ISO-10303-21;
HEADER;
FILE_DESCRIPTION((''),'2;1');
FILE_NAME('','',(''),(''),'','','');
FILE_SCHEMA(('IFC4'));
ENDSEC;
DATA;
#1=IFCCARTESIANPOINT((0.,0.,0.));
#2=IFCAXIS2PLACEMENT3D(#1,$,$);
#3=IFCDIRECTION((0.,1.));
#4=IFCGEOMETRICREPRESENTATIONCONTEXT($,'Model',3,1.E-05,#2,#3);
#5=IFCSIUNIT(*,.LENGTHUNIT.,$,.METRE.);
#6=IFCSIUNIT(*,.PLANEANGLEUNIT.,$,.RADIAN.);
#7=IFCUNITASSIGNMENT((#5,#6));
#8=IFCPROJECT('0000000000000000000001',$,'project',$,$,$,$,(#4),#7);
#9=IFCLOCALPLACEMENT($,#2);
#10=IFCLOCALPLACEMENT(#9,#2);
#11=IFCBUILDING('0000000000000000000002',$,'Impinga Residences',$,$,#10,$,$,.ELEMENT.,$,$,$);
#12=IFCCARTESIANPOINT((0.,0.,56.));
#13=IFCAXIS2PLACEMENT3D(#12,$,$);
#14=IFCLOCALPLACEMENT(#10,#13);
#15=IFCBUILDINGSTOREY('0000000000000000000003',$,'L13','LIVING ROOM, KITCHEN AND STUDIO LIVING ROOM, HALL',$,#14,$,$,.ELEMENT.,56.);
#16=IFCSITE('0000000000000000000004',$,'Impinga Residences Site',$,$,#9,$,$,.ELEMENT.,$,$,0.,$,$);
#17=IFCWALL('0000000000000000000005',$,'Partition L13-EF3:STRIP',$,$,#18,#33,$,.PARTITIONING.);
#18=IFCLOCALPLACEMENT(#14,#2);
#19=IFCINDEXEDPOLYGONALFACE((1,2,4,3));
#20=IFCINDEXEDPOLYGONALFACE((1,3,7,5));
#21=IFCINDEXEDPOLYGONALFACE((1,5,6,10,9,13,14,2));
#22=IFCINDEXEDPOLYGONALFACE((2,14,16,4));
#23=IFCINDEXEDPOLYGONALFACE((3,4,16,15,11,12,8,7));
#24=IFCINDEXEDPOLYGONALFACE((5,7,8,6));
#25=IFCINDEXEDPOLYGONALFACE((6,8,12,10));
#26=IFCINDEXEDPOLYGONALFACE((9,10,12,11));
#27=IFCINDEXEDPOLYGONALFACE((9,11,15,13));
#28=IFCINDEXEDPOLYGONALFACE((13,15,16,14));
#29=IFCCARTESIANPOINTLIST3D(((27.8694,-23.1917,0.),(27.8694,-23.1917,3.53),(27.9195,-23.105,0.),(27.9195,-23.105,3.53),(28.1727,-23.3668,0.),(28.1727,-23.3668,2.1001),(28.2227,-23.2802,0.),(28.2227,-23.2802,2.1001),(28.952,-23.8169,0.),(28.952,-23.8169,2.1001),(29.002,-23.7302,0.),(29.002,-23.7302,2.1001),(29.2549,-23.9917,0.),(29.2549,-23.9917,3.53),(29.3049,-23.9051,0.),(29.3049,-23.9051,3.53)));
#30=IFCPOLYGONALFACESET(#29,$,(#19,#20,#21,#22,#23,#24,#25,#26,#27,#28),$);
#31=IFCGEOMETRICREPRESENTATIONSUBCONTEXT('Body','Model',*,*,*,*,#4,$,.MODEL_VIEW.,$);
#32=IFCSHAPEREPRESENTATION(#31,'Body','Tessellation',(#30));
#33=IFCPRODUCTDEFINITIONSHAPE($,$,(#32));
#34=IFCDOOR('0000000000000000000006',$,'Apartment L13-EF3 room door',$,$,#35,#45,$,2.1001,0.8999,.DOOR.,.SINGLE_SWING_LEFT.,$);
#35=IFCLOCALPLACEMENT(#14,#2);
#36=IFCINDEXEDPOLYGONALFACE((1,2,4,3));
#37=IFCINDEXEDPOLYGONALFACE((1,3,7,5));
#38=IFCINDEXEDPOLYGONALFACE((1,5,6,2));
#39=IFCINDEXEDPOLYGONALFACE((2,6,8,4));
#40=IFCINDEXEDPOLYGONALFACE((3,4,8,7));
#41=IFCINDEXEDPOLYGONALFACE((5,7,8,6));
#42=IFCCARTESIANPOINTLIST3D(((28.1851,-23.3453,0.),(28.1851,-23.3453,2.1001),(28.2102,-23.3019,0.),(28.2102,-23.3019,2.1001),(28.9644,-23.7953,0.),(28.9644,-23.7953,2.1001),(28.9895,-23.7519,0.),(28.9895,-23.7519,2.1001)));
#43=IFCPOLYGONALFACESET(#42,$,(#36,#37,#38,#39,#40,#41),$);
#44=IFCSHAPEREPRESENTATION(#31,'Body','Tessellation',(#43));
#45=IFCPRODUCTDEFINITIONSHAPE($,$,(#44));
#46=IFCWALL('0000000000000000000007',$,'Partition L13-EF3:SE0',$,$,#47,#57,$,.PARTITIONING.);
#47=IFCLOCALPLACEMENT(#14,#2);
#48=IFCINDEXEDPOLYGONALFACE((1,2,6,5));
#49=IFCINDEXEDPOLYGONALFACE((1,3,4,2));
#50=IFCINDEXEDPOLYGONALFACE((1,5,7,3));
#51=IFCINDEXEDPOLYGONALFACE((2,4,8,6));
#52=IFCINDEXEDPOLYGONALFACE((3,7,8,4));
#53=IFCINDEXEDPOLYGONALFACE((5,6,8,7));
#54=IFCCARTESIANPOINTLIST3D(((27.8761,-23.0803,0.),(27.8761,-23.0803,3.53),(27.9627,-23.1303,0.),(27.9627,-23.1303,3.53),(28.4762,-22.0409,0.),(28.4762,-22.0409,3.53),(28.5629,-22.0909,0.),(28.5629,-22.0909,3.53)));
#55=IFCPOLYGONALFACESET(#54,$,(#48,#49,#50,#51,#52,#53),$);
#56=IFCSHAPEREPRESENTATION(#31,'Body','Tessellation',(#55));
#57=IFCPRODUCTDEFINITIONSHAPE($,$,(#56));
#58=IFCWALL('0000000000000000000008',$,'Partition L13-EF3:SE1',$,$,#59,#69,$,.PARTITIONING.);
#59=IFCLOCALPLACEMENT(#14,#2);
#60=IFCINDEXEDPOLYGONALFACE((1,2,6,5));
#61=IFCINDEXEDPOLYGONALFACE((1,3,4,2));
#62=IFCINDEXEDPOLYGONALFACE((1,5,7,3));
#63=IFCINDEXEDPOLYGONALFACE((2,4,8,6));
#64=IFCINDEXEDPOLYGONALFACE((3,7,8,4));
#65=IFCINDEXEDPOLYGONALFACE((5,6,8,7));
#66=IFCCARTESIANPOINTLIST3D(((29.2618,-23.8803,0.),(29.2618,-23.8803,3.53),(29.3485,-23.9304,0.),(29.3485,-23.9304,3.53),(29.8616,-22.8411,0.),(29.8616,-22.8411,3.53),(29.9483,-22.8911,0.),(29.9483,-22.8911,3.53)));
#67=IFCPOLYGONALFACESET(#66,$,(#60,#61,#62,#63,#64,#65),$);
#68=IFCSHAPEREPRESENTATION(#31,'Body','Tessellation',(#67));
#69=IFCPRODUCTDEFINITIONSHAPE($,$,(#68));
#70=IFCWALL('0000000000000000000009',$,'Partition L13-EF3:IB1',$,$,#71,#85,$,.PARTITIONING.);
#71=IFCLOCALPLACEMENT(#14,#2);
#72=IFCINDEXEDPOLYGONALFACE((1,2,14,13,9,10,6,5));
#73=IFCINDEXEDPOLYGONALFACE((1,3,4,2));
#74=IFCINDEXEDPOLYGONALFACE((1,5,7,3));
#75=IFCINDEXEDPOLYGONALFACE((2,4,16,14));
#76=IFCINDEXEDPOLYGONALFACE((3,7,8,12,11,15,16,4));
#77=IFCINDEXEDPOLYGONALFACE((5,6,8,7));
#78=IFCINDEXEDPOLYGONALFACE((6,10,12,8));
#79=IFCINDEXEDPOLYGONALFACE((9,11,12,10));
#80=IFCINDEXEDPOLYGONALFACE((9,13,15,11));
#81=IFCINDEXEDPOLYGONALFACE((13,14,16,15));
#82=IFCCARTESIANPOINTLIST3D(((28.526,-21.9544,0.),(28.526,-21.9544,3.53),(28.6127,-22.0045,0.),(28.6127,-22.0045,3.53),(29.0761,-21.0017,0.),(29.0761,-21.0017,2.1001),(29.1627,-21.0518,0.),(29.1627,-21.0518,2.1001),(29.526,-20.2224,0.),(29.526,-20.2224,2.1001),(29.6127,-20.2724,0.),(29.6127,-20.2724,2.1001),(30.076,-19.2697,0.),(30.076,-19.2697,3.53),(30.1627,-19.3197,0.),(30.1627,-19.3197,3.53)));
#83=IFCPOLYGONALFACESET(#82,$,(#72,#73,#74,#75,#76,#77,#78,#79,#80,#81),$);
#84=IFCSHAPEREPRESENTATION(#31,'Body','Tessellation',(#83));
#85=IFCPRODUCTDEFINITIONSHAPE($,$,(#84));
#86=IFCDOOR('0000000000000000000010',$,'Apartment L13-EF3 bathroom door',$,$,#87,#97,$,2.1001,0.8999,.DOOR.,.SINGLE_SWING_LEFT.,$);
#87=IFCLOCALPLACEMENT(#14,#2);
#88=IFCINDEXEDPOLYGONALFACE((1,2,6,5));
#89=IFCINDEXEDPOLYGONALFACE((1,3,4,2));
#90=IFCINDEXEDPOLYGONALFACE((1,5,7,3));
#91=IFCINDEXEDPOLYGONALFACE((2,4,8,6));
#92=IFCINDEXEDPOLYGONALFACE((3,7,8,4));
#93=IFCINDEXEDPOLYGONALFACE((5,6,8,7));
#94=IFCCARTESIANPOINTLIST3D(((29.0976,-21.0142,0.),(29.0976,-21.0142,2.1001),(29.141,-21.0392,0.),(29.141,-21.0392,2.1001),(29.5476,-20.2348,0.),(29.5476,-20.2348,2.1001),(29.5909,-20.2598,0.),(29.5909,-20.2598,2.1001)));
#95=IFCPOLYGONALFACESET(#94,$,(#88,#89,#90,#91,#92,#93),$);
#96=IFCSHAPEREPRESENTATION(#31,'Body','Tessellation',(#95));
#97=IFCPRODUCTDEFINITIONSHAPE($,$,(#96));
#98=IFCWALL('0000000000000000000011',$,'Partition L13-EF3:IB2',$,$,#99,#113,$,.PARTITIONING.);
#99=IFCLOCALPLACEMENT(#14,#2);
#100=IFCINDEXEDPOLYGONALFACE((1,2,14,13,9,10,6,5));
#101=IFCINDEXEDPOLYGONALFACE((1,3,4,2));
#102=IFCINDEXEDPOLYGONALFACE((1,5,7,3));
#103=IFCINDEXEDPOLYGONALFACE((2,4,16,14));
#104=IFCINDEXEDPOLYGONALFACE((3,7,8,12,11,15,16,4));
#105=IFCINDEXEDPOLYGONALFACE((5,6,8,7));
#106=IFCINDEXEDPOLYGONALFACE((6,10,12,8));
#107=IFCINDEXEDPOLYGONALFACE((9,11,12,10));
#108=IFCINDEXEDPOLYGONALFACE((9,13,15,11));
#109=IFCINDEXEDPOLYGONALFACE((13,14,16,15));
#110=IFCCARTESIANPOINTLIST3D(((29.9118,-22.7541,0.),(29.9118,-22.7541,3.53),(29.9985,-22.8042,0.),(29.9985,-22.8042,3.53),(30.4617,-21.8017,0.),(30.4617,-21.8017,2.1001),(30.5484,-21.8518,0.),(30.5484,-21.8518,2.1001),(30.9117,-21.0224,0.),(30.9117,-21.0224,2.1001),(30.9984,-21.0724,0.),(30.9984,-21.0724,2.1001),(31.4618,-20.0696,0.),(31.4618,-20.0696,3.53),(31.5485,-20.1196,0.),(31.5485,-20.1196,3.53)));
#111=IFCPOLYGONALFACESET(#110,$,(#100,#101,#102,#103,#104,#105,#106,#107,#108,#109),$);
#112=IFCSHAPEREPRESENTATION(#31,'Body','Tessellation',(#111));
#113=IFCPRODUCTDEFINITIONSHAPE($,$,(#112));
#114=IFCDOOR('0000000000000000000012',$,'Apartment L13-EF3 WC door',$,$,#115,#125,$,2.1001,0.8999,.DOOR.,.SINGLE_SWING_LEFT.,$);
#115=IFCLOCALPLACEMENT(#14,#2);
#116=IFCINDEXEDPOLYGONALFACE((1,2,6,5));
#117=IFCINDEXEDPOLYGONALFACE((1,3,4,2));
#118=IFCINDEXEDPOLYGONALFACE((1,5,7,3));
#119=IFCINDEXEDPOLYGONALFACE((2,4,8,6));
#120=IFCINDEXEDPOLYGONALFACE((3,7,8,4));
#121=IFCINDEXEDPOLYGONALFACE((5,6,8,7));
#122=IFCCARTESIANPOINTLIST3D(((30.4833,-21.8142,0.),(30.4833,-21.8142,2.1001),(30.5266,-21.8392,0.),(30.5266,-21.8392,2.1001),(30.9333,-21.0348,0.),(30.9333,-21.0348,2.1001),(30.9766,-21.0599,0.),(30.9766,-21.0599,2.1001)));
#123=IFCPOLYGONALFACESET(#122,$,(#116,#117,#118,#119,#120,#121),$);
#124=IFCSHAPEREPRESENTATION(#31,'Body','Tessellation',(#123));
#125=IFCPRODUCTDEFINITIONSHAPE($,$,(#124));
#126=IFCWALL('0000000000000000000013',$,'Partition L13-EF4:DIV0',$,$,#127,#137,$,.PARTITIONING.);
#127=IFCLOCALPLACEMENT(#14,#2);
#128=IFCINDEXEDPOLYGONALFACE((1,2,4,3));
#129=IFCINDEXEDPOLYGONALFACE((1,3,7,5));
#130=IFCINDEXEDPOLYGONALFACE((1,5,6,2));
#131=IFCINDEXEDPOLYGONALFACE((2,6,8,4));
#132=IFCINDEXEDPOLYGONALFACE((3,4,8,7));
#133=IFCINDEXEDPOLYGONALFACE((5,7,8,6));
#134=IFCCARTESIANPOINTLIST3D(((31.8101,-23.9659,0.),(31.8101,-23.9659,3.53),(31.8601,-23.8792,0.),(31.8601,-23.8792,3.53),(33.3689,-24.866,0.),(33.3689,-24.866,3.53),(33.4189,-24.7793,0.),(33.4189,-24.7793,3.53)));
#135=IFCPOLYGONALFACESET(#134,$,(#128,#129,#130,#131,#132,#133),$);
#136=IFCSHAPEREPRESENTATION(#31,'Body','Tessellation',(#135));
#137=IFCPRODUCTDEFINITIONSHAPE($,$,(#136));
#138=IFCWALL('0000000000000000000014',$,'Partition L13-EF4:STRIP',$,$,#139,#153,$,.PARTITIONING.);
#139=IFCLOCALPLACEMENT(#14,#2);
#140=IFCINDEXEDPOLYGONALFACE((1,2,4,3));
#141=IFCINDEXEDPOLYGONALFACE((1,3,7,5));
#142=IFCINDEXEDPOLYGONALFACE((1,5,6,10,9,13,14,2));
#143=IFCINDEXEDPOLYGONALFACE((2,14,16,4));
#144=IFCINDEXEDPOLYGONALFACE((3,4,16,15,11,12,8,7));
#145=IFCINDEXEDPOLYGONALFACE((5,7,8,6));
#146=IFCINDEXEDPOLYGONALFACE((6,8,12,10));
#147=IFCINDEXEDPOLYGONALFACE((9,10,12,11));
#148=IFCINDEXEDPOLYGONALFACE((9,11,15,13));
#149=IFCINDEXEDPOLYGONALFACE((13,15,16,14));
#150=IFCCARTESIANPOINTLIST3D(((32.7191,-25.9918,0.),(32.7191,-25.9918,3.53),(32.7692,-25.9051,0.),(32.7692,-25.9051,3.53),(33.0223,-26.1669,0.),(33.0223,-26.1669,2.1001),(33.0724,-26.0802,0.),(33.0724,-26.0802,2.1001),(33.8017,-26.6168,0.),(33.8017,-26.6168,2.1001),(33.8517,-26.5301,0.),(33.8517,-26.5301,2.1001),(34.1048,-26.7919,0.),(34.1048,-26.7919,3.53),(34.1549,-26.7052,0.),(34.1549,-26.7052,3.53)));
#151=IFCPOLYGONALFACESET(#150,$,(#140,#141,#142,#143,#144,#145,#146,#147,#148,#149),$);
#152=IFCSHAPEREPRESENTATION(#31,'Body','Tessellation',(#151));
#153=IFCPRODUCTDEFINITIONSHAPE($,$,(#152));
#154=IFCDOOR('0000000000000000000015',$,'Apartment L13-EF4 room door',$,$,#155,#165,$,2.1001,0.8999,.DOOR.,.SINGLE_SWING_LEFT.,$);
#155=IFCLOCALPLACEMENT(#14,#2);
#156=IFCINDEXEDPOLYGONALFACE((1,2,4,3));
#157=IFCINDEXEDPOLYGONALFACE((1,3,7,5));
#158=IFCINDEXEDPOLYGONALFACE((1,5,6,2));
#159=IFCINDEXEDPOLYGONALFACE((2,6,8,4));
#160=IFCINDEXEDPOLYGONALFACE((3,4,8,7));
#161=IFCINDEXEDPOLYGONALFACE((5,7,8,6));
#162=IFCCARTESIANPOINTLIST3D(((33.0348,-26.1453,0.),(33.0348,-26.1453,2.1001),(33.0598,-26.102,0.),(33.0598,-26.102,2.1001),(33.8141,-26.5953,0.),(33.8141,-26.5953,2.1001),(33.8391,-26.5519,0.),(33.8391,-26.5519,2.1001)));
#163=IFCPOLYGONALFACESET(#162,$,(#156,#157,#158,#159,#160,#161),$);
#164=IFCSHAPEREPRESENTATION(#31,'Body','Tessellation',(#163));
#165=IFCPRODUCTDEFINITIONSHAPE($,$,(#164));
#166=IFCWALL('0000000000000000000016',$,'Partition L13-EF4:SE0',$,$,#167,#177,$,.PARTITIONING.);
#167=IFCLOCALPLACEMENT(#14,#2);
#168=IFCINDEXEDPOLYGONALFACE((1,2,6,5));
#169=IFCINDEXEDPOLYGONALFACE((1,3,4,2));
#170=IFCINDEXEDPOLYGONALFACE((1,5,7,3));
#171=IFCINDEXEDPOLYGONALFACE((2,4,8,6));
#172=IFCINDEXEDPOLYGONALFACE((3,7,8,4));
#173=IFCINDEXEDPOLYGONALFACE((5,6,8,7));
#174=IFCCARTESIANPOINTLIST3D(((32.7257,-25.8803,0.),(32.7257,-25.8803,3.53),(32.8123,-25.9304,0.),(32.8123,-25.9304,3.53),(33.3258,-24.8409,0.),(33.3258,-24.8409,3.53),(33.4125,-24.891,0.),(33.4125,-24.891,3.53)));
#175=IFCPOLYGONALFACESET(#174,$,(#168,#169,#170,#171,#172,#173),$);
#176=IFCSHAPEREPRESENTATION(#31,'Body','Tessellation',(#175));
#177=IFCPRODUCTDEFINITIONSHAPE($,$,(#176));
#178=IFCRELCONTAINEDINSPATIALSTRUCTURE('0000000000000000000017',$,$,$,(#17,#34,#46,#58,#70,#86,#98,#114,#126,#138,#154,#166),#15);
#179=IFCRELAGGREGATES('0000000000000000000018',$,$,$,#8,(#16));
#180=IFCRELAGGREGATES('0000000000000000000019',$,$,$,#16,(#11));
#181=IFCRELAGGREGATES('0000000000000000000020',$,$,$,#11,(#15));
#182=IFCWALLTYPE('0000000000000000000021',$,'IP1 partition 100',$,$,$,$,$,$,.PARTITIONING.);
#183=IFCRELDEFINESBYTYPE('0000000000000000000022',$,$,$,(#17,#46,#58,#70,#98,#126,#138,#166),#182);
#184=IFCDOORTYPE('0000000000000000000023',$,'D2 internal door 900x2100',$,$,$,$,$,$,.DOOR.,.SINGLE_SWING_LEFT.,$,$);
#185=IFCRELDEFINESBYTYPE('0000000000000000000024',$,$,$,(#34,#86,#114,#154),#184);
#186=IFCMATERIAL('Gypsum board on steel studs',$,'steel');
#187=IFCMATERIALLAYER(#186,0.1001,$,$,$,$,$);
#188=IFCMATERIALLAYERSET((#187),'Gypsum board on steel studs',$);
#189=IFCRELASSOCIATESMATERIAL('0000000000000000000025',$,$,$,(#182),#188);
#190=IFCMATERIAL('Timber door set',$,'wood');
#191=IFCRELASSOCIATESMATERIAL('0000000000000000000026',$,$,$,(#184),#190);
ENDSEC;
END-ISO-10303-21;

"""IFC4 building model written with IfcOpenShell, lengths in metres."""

from ifc_helpers import new_model, si_unit, direction, frame, frame_2d, origin, place, context, subcontext, project, spatial, rectangle, extrude, material, layer, layer_set, type_object, element, fill, save


model = new_model("IFC4")

# Units and contexts
model_context = context("Model", 3, precision=1e-05, world=origin(), true_north=direction((0.0, 1.0)))
body_context = subcontext(model_context, "Body", "Model", "MODEL_VIEW")
ifc_project = project(units=[si_unit("LENGTHUNIT", "METRE"), si_unit("PLANEANGLEUNIT", "RADIAN")], contexts=[model_context])

# Site, building, storey
site_placement = place(None, origin())
site = spatial("IfcSite", under=ifc_project, at=site_placement, Name="Impinga Residences Site", CompositionType="ELEMENT", RefElevation=0.0)
building_placement = place(site_placement, origin())
building = spatial("IfcBuilding", under=site, at=building_placement, Name="Impinga Residences", CompositionType="ELEMENT")
storey_placement = place(building_placement, frame((0.0, 0.0, 56.0)))
storey = spatial("IfcBuildingStorey", under=building, at=storey_placement, Name="L13", Description="LIVING ROOM, KITCHEN AND STUDIO LIVING ROOM, HALL", CompositionType="ELEMENT", Elevation=56.0)

# Shared definitions
ifc_material_1 = material(Name="Gypsum board on steel studs", Category="steel")
ifc_layer_1 = layer(ifc_material_1, 0.1001)
ifc_layer_set_1 = layer_set([ifc_layer_1], Name="Gypsum board on steel studs")
wall_type_1 = type_object("IfcWallType", Name="IP1 partition 100", PredefinedType="PARTITIONING", material=ifc_layer_set_1)

# Wall, opening, door
wall_1_placement = place(storey_placement, frame((27.8945, -23.1484, 0.0), z_axis=(0.0, 0.0, 1.0), x_axis=(0.86599, -0.500061, 0.0)))
wall_1 = element("IfcWall", 1, at=wall_1_placement, inside=storey, type_object=wall_type_1, Name="Partition L13-EF3:STRIP", PredefinedType="PARTITIONING", context=body_context, shape_type="SweptSolid", body=[
    extrude(rectangle(XDim=1.5999, YDim=0.1001, at=frame_2d((0.7998, 0.0))), origin(), (0.0, 0.0, 1.0), 3.53),
])
opening_1_placement = place(wall_1_placement, frame((0.3501, 0.0, 0.0)))
opening_1 = element("IfcOpeningElement", 2, at=opening_1_placement, cuts=wall_1, PredefinedType="OPENING", context=body_context, shape_type="SweptSolid", body=[
    extrude(rectangle(XDim=0.8999, YDim=2.1001, at=frame_2d((0.45, 1.05))), frame((0.0, 0.0601, 0.0), z_axis=(0.0, -1.0, 0.0), x_axis=(1.0, 0.0, 0.0)), (0.0, 0.0, 1.0), 0.1201),
])
ifc_material_2 = material(Name="Timber door set", Category="wood")
door_type = type_object("IfcDoorType", Name="D2 internal door 900x2100", OperationType="SINGLE_SWING_LEFT", PredefinedType="DOOR", material=ifc_material_2)
door_1_placement = place(opening_1_placement, origin())
door_1 = element("IfcDoor", 3, at=door_1_placement, inside=storey, type_object=door_type, Name="Apartment L13-EF3 room door", OperationType="SINGLE_SWING_LEFT", OverallHeight=2.1001, OverallWidth=0.8999, PredefinedType="DOOR", context=body_context, shape_type="SweptSolid", body=[
    extrude(rectangle(XDim=0.8999, YDim=2.1001, at=frame_2d((0.45, 1.05))), frame((0.0, 0.0249, 0.0), z_axis=(0.0, -1.0, 0.0), x_axis=(1.0, 0.0, 0.0)), (0.0, 0.0, 1.0), 0.05),
])
fill(opening_1, door_1)

# Walls
wall_2_placement = place(storey_placement, frame((28.5195, -22.0659, 0.0), z_axis=(0.0, 0.0, 1.0), x_axis=(-0.500034, -0.866006, 0.0)))
element("IfcWall", 4, at=wall_2_placement, inside=storey, type_object=wall_type_1, Name="Partition L13-EF3:SE0", PredefinedType="PARTITIONING", context=body_context, shape_type="SweptSolid", body=[
    extrude(rectangle(XDim=1.2002, YDim=0.1001, at=frame_2d((0.6001, 0.0))), origin(), (0.0, 0.0, 1.0), 3.53),
])
wall_3_placement = place(storey_placement, frame((29.905, -22.866, 0.0), z_axis=(0.0, 0.0, 1.0), x_axis=(-0.499881, -0.866094, 0.0)))
element("IfcWall", 5, at=wall_3_placement, inside=storey, type_object=wall_type_1, Name="Partition L13-EF3:SE1", PredefinedType="PARTITIONING", context=body_context, shape_type="SweptSolid", body=[
    extrude(rectangle(XDim=1.2, YDim=0.1001, at=frame_2d((0.6001, 0.0))), origin(), (0.0, 0.0, 1.0), 3.53),
])

# Walls, openings, doors
wall_4_placement = place(storey_placement, frame((30.1194, -19.2947, 0.0), z_axis=(0.0, 0.0, 1.0), x_axis=(-0.499993, -0.86603, 0.0)))
wall_4 = element("IfcWall", 6, at=wall_4_placement, inside=storey, type_object=wall_type_1, Name="Partition L13-EF3:IB1", PredefinedType="PARTITIONING", context=body_context, shape_type="SweptSolid", body=[
    extrude(rectangle(XDim=3.1001, YDim=0.1001, at=frame_2d((1.55, 0.0))), origin(), (0.0, 0.0, 1.0), 3.53),
])
opening_2_placement = place(wall_4_placement, frame((1.1001, 0.0, 0.0)))
opening_2 = element("IfcOpeningElement", 7, at=opening_2_placement, cuts=wall_4, PredefinedType="OPENING", context=body_context, shape_type="SweptSolid", body=[
    extrude(rectangle(XDim=0.8999, YDim=2.1001, at=frame_2d((0.45, 1.05))), frame((0.0, 0.0601, 0.0), z_axis=(0.0, -1.0, 0.0), x_axis=(1.0, 0.0, 0.0)), (0.0, 0.0, 1.0), 0.1201),
])
door_2_placement = place(opening_2_placement, origin())
door_2 = element("IfcDoor", 8, at=door_2_placement, inside=storey, type_object=door_type, Name="Apartment L13-EF3 bathroom door", OperationType="SINGLE_SWING_LEFT", OverallHeight=2.1001, OverallWidth=0.8999, PredefinedType="DOOR", context=body_context, shape_type="SweptSolid", body=[
    extrude(rectangle(XDim=0.8999, YDim=2.1001, at=frame_2d((0.45, 1.05))), frame((0.0, 0.0249, 0.0), z_axis=(0.0, -1.0, 0.0), x_axis=(1.0, 0.0, 0.0)), (0.0, 0.0, 1.0), 0.05),
])
fill(opening_2, door_2)
wall_5_placement = place(storey_placement, frame((31.5051, -20.0947, 0.0), z_axis=(0.0, 0.0, 1.0), x_axis=(-0.500027, -0.86601, 0.0)))
wall_5 = element("IfcWall", 9, at=wall_5_placement, inside=storey, type_object=wall_type_1, Name="Partition L13-EF3:IB2", PredefinedType="PARTITIONING", context=body_context, shape_type="SweptSolid", body=[
    extrude(rectangle(XDim=3.0999, YDim=0.1001, at=frame_2d((1.5498, 0.0))), origin(), (0.0, 0.0, 1.0), 3.53),
])
opening_3_placement = place(wall_5_placement, frame((1.1001, 0.0, 0.0)))
opening_3 = element("IfcOpeningElement", 10, at=opening_3_placement, cuts=wall_5, PredefinedType="OPENING", context=body_context, shape_type="SweptSolid", body=[
    extrude(rectangle(XDim=0.8999, YDim=2.1001, at=frame_2d((0.45, 1.05))), frame((0.0, 0.0601, 0.0), z_axis=(0.0, -1.0, 0.0), x_axis=(1.0, 0.0, 0.0)), (0.0, 0.0, 1.0), 0.1201),
])
door_3_placement = place(opening_3_placement, origin())
door_3 = element("IfcDoor", 11, at=door_3_placement, inside=storey, type_object=door_type, Name="Apartment L13-EF3 WC door", OperationType="SINGLE_SWING_LEFT", OverallHeight=2.1001, OverallWidth=0.8999, PredefinedType="DOOR", context=body_context, shape_type="SweptSolid", body=[
    extrude(rectangle(XDim=0.8999, YDim=2.1001, at=frame_2d((0.45, 1.05))), frame((0.0, 0.0249, 0.0), z_axis=(0.0, -1.0, 0.0), x_axis=(1.0, 0.0, 0.0)), (0.0, 0.0, 1.0), 0.05),
])
fill(opening_3, door_3)

# Wall
wall_6_placement = place(storey_placement, frame((31.8352, -23.9226, 0.0), z_axis=(0.0, 0.0, 1.0), x_axis=(0.865989, -0.500063, 0.0)))
element("IfcWall", 12, at=wall_6_placement, inside=storey, type_object=wall_type_1, Name="Partition L13-EF4:DIV0", PredefinedType="PARTITIONING", context=body_context, shape_type="SweptSolid", body=[
    extrude(rectangle(XDim=1.8, YDim=0.1001, at=frame_2d((0.8999, 0.0))), origin(), (0.0, 0.0, 1.0), 3.53),
])

# Wall, opening, door
wall_7_placement = place(storey_placement, frame((32.7441, -25.9485, 0.0), z_axis=(0.0, 0.0, 1.0), x_axis=(0.866028, -0.499995, 0.0)))
wall_7 = element("IfcWall", 13, at=wall_7_placement, inside=storey, type_object=wall_type_1, Name="Partition L13-EF4:STRIP", PredefinedType="PARTITIONING", context=body_context, shape_type="SweptSolid", body=[
    extrude(rectangle(XDim=1.6001, YDim=0.1001, at=frame_2d((0.8, 0.0))), origin(), (0.0, 0.0, 1.0), 3.53),
])
opening_4_placement = place(wall_7_placement, frame((0.3501, 0.0, 0.0)))
opening_4 = element("IfcOpeningElement", 14, at=opening_4_placement, cuts=wall_7, PredefinedType="OPENING", context=body_context, shape_type="SweptSolid", body=[
    extrude(rectangle(XDim=0.8999, YDim=2.1001, at=frame_2d((0.45, 1.05))), frame((0.0, 0.0601, 0.0), z_axis=(0.0, -1.0, 0.0), x_axis=(1.0, 0.0, 0.0)), (0.0, 0.0, 1.0), 0.1201),
])
door_4_placement = place(opening_4_placement, origin())
door_4 = element("IfcDoor", 15, at=door_4_placement, inside=storey, type_object=door_type, Name="Apartment L13-EF4 room door", OperationType="SINGLE_SWING_LEFT", OverallHeight=2.1001, OverallWidth=0.8999, PredefinedType="DOOR", context=body_context, shape_type="SweptSolid", body=[
    extrude(rectangle(XDim=0.8999, YDim=2.1001, at=frame_2d((0.45, 1.05))), frame((0.0, 0.0249, 0.0), z_axis=(0.0, -1.0, 0.0), x_axis=(1.0, 0.0, 0.0)), (0.0, 0.0, 1.0), 0.05),
])
fill(opening_4, door_4)

# Wall
wall_8_placement = place(storey_placement, frame((33.3691, -24.866, 0.0), z_axis=(0.0, 0.0, 1.0), x_axis=(-0.500034, -0.866006, 0.0)))
element("IfcWall", 16, at=wall_8_placement, inside=storey, type_object=wall_type_1, Name="Partition L13-EF4:SE0", PredefinedType="PARTITIONING", context=body_context, shape_type="SweptSolid", body=[
    extrude(rectangle(XDim=1.2002, YDim=0.1001, at=frame_2d((0.6001, 0.0))), origin(), (0.0, 0.0, 1.0), 3.53),
])

save(model, "model.ifc")
